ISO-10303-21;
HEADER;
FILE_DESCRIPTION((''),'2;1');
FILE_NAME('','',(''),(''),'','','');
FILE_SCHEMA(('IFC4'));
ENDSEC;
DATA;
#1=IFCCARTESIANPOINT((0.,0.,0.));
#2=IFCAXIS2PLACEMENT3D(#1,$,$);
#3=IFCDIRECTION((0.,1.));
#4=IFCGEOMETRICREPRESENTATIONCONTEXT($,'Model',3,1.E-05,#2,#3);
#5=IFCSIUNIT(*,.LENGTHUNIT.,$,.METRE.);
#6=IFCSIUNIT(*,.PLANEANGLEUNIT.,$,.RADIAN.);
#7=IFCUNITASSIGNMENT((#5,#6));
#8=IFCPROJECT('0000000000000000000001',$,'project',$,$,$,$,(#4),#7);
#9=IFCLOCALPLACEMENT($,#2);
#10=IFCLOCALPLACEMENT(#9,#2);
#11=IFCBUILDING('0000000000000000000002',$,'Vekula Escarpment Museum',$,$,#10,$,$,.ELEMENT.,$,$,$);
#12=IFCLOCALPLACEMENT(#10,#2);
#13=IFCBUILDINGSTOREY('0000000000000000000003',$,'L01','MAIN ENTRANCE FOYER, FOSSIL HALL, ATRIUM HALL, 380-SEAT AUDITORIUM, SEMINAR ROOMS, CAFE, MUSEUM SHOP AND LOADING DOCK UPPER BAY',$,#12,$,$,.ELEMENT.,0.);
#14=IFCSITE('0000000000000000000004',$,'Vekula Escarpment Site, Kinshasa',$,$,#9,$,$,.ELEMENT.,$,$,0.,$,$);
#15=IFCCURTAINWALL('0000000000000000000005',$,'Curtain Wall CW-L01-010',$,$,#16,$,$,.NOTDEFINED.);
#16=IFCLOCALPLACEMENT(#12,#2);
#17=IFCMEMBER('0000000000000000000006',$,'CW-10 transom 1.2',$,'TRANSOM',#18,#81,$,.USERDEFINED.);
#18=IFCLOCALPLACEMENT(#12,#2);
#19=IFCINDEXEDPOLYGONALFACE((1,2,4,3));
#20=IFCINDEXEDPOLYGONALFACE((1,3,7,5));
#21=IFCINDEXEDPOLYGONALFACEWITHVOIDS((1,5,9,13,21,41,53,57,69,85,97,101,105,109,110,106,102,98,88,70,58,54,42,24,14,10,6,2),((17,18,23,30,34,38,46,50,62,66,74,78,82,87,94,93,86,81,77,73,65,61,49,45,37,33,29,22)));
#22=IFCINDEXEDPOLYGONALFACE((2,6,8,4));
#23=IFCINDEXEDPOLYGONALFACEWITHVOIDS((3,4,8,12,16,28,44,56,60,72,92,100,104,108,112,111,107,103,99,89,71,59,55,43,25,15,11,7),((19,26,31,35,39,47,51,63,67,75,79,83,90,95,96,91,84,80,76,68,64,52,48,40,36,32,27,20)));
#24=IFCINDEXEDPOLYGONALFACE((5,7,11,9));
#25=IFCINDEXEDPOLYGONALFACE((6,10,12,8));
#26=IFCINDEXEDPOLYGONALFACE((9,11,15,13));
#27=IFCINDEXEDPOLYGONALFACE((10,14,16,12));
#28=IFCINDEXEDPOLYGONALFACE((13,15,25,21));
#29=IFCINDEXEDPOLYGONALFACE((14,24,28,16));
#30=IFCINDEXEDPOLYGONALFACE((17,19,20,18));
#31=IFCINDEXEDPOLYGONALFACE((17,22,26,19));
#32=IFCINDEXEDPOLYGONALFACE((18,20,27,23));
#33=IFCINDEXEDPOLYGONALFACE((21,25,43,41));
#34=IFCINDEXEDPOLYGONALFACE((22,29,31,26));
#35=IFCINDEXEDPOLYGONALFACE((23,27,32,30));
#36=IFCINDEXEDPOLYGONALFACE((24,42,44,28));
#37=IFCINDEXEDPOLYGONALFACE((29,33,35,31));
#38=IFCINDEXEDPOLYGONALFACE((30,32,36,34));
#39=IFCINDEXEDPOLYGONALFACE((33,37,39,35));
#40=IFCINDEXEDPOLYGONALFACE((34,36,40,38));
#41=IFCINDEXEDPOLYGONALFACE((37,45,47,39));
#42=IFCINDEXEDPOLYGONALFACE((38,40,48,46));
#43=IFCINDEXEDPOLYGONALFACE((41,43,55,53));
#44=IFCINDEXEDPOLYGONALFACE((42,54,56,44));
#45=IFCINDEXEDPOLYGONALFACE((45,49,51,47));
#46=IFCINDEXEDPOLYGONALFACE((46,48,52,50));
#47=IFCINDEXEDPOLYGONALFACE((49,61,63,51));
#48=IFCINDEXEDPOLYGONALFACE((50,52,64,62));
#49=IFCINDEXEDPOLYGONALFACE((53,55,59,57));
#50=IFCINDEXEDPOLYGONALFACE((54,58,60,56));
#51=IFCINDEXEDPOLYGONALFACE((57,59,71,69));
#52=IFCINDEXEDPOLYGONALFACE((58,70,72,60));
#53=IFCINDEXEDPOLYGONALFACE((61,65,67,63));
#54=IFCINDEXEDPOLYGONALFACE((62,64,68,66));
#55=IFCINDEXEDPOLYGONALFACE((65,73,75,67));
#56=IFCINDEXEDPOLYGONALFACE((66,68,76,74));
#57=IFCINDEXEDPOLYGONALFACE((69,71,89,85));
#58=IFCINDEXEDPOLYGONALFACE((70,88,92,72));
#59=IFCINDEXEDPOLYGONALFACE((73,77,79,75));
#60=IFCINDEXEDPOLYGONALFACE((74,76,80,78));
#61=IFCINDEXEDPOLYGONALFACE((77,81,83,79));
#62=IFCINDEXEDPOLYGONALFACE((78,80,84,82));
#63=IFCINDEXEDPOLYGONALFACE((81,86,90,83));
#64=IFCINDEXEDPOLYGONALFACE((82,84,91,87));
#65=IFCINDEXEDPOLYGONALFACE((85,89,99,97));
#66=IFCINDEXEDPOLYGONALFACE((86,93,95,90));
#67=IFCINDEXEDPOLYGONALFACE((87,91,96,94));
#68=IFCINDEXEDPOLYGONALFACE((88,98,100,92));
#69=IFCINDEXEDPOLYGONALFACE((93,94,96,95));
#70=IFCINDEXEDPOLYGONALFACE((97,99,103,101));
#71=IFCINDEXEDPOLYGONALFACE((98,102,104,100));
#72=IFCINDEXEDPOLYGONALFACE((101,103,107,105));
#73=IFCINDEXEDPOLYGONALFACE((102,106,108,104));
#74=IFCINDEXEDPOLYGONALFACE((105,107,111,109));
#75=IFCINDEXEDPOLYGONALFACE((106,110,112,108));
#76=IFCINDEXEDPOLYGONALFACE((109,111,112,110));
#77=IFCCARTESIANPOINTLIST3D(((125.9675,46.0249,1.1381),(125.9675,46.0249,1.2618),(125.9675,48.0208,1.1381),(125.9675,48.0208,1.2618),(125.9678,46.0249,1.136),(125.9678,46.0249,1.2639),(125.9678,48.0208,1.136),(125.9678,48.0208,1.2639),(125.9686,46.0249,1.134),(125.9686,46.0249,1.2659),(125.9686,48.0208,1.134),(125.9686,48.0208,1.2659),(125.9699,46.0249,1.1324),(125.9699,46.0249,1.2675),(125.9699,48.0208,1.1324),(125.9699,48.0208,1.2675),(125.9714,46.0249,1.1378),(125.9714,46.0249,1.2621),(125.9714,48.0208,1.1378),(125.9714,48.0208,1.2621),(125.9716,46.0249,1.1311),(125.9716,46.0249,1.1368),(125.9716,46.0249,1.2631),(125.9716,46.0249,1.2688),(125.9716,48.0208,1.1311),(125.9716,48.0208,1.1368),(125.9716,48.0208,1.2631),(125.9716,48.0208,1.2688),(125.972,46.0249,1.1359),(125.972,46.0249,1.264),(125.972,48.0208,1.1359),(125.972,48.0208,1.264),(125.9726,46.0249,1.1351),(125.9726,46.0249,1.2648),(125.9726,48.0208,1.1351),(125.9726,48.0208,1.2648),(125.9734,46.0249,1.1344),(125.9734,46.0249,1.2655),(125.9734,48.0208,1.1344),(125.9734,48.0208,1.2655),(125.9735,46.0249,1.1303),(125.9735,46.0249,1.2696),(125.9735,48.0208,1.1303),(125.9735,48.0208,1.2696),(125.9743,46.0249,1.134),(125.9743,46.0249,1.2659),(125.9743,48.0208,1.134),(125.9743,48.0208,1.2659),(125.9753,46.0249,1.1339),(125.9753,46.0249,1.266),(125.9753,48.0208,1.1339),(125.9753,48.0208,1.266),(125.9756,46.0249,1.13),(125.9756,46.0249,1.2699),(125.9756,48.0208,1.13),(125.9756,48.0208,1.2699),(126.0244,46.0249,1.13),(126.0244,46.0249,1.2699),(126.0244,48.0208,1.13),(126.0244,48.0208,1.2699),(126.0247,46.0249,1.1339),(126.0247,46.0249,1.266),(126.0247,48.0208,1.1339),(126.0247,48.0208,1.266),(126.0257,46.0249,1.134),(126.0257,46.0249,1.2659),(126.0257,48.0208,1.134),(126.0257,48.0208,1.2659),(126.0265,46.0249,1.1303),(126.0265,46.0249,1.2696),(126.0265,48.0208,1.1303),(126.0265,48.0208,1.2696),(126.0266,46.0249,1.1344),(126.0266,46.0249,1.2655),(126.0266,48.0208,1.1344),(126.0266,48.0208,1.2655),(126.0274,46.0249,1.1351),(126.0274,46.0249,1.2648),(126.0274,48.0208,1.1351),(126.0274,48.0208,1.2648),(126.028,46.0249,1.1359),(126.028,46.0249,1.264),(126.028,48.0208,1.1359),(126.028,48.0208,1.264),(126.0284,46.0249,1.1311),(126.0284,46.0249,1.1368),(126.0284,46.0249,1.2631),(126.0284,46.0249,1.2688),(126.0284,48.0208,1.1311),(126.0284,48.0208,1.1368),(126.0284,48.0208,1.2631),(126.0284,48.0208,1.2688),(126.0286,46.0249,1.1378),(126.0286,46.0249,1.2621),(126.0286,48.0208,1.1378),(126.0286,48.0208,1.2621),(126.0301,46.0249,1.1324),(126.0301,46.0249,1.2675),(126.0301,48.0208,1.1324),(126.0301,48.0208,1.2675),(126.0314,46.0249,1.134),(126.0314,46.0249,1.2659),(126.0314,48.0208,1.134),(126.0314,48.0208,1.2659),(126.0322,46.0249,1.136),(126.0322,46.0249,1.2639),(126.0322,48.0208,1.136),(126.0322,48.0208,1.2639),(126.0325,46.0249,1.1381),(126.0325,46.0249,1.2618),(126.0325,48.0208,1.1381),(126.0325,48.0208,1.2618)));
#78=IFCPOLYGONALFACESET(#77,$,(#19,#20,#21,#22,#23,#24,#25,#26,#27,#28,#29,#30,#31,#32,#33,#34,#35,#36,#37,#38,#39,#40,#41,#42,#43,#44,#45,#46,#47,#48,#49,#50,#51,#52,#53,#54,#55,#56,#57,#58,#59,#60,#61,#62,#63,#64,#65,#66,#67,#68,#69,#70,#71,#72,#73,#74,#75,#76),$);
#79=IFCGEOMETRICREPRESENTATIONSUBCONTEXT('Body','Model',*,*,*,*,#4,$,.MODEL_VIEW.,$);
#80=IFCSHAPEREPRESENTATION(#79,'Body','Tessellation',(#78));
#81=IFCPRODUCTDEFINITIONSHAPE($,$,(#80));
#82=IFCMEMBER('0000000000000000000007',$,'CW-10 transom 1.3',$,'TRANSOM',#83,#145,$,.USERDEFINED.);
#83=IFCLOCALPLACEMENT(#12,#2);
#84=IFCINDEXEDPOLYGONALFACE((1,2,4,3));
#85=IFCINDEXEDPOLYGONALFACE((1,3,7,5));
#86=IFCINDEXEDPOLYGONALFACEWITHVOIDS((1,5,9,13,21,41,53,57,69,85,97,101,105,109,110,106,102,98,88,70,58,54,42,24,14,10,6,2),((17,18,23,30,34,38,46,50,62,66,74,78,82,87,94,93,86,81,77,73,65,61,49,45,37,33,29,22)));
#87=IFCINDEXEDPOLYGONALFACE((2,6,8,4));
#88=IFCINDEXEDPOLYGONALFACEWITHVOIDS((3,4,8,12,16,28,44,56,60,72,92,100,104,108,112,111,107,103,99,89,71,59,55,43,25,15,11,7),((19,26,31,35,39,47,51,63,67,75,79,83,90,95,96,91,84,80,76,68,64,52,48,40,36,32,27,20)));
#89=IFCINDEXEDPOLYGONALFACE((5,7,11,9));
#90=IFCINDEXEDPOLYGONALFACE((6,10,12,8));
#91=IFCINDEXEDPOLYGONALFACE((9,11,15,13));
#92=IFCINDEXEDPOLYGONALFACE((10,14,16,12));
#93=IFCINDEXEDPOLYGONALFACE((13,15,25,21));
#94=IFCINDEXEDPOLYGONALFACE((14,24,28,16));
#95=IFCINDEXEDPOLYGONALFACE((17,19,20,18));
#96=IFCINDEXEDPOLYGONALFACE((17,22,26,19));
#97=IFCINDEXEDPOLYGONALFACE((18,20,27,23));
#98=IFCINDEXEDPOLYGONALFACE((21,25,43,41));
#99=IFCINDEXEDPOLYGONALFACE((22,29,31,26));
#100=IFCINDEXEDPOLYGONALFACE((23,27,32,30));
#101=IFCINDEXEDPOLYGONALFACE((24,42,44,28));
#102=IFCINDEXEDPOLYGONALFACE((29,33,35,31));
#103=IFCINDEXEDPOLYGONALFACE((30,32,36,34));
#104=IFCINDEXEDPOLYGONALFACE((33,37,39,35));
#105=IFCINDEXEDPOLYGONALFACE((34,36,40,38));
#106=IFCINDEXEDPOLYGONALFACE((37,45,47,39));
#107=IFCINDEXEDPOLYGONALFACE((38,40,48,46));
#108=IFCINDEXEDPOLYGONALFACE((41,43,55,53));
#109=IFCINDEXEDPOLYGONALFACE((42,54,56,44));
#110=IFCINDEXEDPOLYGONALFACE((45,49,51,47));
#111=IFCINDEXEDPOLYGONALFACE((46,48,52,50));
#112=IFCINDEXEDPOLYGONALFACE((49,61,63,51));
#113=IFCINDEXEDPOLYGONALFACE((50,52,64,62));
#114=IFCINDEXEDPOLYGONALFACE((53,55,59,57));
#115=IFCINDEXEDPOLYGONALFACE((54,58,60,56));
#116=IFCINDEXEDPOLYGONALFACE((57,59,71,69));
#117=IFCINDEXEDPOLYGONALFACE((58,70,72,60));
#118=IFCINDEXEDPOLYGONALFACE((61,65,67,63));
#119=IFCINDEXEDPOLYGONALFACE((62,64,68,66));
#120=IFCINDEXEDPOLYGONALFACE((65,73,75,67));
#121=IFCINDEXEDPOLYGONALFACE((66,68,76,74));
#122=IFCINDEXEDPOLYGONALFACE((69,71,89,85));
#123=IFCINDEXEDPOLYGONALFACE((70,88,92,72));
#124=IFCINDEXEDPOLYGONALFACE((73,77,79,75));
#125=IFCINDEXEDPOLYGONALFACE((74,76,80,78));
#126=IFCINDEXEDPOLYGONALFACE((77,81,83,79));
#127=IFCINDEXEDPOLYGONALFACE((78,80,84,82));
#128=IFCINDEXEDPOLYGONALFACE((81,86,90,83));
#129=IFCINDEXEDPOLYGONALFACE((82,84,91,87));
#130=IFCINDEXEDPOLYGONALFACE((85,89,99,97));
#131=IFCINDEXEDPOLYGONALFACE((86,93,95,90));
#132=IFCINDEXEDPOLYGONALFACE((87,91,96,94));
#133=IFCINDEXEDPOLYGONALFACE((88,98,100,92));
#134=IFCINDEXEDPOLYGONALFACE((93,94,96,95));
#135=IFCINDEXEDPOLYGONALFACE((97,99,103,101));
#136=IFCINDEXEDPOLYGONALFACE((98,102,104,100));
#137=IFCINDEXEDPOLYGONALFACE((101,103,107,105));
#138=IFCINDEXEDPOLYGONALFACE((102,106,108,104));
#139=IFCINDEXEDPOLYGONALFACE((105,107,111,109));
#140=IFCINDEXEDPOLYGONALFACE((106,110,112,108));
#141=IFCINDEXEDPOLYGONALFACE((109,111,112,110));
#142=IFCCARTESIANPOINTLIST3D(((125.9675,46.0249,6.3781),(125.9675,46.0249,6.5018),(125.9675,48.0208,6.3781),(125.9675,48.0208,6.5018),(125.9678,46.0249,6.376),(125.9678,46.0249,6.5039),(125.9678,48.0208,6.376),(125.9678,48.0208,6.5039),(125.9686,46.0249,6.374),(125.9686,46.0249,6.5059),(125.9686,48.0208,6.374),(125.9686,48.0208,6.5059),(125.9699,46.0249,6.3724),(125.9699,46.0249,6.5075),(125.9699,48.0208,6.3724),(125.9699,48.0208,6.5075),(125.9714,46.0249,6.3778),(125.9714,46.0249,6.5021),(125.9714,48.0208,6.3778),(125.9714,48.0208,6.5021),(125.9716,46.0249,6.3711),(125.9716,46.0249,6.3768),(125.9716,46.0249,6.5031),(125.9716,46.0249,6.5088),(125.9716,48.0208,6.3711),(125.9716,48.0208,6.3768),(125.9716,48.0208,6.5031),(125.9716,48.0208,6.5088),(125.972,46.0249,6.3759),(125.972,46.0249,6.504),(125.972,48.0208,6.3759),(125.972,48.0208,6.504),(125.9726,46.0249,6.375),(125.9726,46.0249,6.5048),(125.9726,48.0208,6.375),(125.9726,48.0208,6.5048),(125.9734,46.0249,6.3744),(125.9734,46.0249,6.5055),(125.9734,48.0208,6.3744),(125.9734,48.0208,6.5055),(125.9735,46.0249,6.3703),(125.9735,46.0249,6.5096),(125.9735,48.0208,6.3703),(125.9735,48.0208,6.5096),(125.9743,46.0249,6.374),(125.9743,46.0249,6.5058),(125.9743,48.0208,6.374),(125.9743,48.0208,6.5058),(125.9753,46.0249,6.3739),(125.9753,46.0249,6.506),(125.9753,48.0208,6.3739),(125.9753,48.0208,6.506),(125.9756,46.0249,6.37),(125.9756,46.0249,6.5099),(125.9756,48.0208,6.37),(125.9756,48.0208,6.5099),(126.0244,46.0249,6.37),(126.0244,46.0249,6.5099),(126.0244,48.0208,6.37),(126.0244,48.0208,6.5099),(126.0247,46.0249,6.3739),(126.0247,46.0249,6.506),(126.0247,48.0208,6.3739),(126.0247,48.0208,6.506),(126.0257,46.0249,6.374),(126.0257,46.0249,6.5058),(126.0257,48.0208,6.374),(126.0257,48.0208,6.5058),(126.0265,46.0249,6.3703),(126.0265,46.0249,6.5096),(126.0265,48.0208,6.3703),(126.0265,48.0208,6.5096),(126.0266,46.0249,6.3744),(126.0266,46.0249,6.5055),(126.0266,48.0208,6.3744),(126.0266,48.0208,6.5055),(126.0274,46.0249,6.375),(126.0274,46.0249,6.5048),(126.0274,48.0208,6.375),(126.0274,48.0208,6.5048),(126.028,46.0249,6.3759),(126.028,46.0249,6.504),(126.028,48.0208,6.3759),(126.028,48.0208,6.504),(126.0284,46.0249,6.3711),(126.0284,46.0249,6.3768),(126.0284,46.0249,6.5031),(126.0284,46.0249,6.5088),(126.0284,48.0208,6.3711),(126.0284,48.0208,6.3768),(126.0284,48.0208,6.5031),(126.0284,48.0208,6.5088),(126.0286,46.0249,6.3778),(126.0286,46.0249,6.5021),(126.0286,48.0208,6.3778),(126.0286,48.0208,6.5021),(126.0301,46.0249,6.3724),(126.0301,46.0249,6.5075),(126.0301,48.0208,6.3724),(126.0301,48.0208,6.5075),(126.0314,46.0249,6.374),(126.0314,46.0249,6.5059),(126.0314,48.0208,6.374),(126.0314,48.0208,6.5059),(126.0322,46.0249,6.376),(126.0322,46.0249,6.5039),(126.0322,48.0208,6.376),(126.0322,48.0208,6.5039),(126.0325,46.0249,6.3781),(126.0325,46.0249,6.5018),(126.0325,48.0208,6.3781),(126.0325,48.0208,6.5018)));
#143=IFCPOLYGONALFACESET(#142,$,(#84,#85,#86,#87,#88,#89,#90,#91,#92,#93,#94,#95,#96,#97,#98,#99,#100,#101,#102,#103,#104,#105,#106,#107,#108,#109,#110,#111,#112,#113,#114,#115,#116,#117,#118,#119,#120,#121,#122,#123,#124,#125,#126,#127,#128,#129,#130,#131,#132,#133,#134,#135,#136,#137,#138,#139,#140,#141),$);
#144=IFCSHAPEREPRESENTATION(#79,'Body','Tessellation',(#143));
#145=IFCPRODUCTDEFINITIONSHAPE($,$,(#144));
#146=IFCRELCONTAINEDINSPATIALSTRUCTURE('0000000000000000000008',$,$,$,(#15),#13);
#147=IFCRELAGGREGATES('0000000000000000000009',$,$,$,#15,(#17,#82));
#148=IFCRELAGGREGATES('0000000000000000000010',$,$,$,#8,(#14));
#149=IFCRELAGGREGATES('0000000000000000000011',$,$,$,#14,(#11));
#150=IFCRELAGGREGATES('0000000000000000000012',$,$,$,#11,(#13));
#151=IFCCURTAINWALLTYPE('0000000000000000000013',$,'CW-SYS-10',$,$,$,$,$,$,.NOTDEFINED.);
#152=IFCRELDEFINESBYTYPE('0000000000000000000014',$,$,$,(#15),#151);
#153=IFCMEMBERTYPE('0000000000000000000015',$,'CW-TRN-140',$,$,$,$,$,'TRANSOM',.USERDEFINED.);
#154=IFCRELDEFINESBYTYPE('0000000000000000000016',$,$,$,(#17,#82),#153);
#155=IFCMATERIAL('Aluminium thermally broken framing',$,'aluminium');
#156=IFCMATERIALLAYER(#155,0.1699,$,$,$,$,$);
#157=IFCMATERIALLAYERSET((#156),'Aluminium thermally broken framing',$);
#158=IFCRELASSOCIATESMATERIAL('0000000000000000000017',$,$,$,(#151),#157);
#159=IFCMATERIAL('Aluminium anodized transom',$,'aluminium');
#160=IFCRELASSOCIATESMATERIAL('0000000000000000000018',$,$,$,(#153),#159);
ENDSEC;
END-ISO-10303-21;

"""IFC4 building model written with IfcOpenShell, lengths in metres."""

from ifc_helpers import new_model, si_unit, direction, frame, origin, origin_2d, place, context, subcontext, project, spatial, hollow_rectangle, extrude, material, layer, layer_set, material_profile, profile_set, type_object, element, aggregate, save


model = new_model("IFC4")

# Units and contexts
model_context = context("Model", 3, precision=1e-05, world=origin(), true_north=direction((0.0, 1.0)))
body_context = subcontext(model_context, "Body", "Model", "MODEL_VIEW")
ifc_project = project(units=[si_unit("LENGTHUNIT", "METRE"), si_unit("PLANEANGLEUNIT", "RADIAN")], contexts=[model_context])

# Site, building, storey
site_placement = place(None, origin())
site = spatial("IfcSite", under=ifc_project, at=site_placement, Name="Vekula Escarpment Site, Kinshasa", CompositionType="ELEMENT", RefElevation=0.0)
building_placement = place(site_placement, origin())
building = spatial("IfcBuilding", under=site, at=building_placement, Name="Vekula Escarpment Museum", CompositionType="ELEMENT")
storey_placement = place(building_placement, origin())
storey = spatial("IfcBuildingStorey", under=building, at=storey_placement, Name="L01", Description="MAIN ENTRANCE FOYER, FOSSIL HALL, ATRIUM HALL, 380-SEAT AUDITORIUM, SEMINAR ROOMS, CAFE, MUSEUM SHOP AND LOADING DOCK UPPER BAY", CompositionType="ELEMENT", Elevation=0.0)

# Curtain wall
ifc_material_1 = material(Name="Aluminium thermally broken framing", Category="aluminium")
ifc_layer_1 = layer(ifc_material_1, 0.1699)
ifc_layer_set_1 = layer_set([ifc_layer_1], Name="Aluminium thermally broken framing")
curtain_wall_type_1 = type_object("IfcCurtainWallType", Name="CW-SYS-10", PredefinedType="NOTDEFINED", material=ifc_layer_set_1)
curtain_wall_1_placement = place(storey_placement, origin())
curtain_wall_1 = element("IfcCurtainWall", 1, at=curtain_wall_1_placement, inside=storey, type_object=curtain_wall_type_1, Name="Curtain Wall CW-L01-010", PredefinedType="NOTDEFINED")

# Members
ifc_material_2 = material(Name="Aluminium anodized transom", Category="aluminium")
ifc_material_profile_1 = material_profile(ifc_material_2, hollow_rectangle(XDim=0.0649, YDim=0.1399, WallThickness=0.0039, InnerFilletRadius=0.0039, OuterFilletRadius=0.0081, at=origin_2d()), Name="ALU 140x65x4")
ifc_profile_set_1 = profile_set([ifc_material_profile_1], Name="Aluminium anodized transom")
member_type_1 = type_object("IfcMemberType", Name="CW-TRN-140", ElementType="TRANSOM", PredefinedType="USERDEFINED", material=ifc_profile_set_1)
member_1_placement = place(storey_placement, frame((126.0, 46.0249, 1.2), z_axis=(0.0, 1.0, 0.0), x_axis=(-1.0, 0.0, 0.0)))
member_1 = element("IfcMember", 2, at=member_1_placement, type_object=member_type_1, Name="CW-10 transom 1.2", ObjectType="TRANSOM", PredefinedType="USERDEFINED", context=body_context, shape_type="SweptSolid", body=[
    extrude(hollow_rectangle(XDim=0.0649, YDim=0.1399, WallThickness=0.0039, InnerFilletRadius=0.0039, OuterFilletRadius=0.0081, at=origin_2d()), origin(), (0.0, 0.0, 1.0), 1.9958),
])
member_2_placement = place(storey_placement, frame((126.0, 46.0249, 6.4399), z_axis=(0.0, 1.0, 0.0), x_axis=(-1.0, 0.0, 0.0)))
member_2 = element("IfcMember", 3, at=member_2_placement, type_object=member_type_1, Name="CW-10 transom 1.3", ObjectType="TRANSOM", PredefinedType="USERDEFINED", context=body_context, shape_type="SweptSolid", body=[
    extrude(hollow_rectangle(XDim=0.0649, YDim=0.1399, WallThickness=0.0039, InnerFilletRadius=0.0039, OuterFilletRadius=0.0081, at=origin_2d()), origin(), (0.0, 0.0, 1.0), 1.9958),
])

aggregate(curtain_wall_1, [member_1, member_2])

save(model, "model.ifc")
